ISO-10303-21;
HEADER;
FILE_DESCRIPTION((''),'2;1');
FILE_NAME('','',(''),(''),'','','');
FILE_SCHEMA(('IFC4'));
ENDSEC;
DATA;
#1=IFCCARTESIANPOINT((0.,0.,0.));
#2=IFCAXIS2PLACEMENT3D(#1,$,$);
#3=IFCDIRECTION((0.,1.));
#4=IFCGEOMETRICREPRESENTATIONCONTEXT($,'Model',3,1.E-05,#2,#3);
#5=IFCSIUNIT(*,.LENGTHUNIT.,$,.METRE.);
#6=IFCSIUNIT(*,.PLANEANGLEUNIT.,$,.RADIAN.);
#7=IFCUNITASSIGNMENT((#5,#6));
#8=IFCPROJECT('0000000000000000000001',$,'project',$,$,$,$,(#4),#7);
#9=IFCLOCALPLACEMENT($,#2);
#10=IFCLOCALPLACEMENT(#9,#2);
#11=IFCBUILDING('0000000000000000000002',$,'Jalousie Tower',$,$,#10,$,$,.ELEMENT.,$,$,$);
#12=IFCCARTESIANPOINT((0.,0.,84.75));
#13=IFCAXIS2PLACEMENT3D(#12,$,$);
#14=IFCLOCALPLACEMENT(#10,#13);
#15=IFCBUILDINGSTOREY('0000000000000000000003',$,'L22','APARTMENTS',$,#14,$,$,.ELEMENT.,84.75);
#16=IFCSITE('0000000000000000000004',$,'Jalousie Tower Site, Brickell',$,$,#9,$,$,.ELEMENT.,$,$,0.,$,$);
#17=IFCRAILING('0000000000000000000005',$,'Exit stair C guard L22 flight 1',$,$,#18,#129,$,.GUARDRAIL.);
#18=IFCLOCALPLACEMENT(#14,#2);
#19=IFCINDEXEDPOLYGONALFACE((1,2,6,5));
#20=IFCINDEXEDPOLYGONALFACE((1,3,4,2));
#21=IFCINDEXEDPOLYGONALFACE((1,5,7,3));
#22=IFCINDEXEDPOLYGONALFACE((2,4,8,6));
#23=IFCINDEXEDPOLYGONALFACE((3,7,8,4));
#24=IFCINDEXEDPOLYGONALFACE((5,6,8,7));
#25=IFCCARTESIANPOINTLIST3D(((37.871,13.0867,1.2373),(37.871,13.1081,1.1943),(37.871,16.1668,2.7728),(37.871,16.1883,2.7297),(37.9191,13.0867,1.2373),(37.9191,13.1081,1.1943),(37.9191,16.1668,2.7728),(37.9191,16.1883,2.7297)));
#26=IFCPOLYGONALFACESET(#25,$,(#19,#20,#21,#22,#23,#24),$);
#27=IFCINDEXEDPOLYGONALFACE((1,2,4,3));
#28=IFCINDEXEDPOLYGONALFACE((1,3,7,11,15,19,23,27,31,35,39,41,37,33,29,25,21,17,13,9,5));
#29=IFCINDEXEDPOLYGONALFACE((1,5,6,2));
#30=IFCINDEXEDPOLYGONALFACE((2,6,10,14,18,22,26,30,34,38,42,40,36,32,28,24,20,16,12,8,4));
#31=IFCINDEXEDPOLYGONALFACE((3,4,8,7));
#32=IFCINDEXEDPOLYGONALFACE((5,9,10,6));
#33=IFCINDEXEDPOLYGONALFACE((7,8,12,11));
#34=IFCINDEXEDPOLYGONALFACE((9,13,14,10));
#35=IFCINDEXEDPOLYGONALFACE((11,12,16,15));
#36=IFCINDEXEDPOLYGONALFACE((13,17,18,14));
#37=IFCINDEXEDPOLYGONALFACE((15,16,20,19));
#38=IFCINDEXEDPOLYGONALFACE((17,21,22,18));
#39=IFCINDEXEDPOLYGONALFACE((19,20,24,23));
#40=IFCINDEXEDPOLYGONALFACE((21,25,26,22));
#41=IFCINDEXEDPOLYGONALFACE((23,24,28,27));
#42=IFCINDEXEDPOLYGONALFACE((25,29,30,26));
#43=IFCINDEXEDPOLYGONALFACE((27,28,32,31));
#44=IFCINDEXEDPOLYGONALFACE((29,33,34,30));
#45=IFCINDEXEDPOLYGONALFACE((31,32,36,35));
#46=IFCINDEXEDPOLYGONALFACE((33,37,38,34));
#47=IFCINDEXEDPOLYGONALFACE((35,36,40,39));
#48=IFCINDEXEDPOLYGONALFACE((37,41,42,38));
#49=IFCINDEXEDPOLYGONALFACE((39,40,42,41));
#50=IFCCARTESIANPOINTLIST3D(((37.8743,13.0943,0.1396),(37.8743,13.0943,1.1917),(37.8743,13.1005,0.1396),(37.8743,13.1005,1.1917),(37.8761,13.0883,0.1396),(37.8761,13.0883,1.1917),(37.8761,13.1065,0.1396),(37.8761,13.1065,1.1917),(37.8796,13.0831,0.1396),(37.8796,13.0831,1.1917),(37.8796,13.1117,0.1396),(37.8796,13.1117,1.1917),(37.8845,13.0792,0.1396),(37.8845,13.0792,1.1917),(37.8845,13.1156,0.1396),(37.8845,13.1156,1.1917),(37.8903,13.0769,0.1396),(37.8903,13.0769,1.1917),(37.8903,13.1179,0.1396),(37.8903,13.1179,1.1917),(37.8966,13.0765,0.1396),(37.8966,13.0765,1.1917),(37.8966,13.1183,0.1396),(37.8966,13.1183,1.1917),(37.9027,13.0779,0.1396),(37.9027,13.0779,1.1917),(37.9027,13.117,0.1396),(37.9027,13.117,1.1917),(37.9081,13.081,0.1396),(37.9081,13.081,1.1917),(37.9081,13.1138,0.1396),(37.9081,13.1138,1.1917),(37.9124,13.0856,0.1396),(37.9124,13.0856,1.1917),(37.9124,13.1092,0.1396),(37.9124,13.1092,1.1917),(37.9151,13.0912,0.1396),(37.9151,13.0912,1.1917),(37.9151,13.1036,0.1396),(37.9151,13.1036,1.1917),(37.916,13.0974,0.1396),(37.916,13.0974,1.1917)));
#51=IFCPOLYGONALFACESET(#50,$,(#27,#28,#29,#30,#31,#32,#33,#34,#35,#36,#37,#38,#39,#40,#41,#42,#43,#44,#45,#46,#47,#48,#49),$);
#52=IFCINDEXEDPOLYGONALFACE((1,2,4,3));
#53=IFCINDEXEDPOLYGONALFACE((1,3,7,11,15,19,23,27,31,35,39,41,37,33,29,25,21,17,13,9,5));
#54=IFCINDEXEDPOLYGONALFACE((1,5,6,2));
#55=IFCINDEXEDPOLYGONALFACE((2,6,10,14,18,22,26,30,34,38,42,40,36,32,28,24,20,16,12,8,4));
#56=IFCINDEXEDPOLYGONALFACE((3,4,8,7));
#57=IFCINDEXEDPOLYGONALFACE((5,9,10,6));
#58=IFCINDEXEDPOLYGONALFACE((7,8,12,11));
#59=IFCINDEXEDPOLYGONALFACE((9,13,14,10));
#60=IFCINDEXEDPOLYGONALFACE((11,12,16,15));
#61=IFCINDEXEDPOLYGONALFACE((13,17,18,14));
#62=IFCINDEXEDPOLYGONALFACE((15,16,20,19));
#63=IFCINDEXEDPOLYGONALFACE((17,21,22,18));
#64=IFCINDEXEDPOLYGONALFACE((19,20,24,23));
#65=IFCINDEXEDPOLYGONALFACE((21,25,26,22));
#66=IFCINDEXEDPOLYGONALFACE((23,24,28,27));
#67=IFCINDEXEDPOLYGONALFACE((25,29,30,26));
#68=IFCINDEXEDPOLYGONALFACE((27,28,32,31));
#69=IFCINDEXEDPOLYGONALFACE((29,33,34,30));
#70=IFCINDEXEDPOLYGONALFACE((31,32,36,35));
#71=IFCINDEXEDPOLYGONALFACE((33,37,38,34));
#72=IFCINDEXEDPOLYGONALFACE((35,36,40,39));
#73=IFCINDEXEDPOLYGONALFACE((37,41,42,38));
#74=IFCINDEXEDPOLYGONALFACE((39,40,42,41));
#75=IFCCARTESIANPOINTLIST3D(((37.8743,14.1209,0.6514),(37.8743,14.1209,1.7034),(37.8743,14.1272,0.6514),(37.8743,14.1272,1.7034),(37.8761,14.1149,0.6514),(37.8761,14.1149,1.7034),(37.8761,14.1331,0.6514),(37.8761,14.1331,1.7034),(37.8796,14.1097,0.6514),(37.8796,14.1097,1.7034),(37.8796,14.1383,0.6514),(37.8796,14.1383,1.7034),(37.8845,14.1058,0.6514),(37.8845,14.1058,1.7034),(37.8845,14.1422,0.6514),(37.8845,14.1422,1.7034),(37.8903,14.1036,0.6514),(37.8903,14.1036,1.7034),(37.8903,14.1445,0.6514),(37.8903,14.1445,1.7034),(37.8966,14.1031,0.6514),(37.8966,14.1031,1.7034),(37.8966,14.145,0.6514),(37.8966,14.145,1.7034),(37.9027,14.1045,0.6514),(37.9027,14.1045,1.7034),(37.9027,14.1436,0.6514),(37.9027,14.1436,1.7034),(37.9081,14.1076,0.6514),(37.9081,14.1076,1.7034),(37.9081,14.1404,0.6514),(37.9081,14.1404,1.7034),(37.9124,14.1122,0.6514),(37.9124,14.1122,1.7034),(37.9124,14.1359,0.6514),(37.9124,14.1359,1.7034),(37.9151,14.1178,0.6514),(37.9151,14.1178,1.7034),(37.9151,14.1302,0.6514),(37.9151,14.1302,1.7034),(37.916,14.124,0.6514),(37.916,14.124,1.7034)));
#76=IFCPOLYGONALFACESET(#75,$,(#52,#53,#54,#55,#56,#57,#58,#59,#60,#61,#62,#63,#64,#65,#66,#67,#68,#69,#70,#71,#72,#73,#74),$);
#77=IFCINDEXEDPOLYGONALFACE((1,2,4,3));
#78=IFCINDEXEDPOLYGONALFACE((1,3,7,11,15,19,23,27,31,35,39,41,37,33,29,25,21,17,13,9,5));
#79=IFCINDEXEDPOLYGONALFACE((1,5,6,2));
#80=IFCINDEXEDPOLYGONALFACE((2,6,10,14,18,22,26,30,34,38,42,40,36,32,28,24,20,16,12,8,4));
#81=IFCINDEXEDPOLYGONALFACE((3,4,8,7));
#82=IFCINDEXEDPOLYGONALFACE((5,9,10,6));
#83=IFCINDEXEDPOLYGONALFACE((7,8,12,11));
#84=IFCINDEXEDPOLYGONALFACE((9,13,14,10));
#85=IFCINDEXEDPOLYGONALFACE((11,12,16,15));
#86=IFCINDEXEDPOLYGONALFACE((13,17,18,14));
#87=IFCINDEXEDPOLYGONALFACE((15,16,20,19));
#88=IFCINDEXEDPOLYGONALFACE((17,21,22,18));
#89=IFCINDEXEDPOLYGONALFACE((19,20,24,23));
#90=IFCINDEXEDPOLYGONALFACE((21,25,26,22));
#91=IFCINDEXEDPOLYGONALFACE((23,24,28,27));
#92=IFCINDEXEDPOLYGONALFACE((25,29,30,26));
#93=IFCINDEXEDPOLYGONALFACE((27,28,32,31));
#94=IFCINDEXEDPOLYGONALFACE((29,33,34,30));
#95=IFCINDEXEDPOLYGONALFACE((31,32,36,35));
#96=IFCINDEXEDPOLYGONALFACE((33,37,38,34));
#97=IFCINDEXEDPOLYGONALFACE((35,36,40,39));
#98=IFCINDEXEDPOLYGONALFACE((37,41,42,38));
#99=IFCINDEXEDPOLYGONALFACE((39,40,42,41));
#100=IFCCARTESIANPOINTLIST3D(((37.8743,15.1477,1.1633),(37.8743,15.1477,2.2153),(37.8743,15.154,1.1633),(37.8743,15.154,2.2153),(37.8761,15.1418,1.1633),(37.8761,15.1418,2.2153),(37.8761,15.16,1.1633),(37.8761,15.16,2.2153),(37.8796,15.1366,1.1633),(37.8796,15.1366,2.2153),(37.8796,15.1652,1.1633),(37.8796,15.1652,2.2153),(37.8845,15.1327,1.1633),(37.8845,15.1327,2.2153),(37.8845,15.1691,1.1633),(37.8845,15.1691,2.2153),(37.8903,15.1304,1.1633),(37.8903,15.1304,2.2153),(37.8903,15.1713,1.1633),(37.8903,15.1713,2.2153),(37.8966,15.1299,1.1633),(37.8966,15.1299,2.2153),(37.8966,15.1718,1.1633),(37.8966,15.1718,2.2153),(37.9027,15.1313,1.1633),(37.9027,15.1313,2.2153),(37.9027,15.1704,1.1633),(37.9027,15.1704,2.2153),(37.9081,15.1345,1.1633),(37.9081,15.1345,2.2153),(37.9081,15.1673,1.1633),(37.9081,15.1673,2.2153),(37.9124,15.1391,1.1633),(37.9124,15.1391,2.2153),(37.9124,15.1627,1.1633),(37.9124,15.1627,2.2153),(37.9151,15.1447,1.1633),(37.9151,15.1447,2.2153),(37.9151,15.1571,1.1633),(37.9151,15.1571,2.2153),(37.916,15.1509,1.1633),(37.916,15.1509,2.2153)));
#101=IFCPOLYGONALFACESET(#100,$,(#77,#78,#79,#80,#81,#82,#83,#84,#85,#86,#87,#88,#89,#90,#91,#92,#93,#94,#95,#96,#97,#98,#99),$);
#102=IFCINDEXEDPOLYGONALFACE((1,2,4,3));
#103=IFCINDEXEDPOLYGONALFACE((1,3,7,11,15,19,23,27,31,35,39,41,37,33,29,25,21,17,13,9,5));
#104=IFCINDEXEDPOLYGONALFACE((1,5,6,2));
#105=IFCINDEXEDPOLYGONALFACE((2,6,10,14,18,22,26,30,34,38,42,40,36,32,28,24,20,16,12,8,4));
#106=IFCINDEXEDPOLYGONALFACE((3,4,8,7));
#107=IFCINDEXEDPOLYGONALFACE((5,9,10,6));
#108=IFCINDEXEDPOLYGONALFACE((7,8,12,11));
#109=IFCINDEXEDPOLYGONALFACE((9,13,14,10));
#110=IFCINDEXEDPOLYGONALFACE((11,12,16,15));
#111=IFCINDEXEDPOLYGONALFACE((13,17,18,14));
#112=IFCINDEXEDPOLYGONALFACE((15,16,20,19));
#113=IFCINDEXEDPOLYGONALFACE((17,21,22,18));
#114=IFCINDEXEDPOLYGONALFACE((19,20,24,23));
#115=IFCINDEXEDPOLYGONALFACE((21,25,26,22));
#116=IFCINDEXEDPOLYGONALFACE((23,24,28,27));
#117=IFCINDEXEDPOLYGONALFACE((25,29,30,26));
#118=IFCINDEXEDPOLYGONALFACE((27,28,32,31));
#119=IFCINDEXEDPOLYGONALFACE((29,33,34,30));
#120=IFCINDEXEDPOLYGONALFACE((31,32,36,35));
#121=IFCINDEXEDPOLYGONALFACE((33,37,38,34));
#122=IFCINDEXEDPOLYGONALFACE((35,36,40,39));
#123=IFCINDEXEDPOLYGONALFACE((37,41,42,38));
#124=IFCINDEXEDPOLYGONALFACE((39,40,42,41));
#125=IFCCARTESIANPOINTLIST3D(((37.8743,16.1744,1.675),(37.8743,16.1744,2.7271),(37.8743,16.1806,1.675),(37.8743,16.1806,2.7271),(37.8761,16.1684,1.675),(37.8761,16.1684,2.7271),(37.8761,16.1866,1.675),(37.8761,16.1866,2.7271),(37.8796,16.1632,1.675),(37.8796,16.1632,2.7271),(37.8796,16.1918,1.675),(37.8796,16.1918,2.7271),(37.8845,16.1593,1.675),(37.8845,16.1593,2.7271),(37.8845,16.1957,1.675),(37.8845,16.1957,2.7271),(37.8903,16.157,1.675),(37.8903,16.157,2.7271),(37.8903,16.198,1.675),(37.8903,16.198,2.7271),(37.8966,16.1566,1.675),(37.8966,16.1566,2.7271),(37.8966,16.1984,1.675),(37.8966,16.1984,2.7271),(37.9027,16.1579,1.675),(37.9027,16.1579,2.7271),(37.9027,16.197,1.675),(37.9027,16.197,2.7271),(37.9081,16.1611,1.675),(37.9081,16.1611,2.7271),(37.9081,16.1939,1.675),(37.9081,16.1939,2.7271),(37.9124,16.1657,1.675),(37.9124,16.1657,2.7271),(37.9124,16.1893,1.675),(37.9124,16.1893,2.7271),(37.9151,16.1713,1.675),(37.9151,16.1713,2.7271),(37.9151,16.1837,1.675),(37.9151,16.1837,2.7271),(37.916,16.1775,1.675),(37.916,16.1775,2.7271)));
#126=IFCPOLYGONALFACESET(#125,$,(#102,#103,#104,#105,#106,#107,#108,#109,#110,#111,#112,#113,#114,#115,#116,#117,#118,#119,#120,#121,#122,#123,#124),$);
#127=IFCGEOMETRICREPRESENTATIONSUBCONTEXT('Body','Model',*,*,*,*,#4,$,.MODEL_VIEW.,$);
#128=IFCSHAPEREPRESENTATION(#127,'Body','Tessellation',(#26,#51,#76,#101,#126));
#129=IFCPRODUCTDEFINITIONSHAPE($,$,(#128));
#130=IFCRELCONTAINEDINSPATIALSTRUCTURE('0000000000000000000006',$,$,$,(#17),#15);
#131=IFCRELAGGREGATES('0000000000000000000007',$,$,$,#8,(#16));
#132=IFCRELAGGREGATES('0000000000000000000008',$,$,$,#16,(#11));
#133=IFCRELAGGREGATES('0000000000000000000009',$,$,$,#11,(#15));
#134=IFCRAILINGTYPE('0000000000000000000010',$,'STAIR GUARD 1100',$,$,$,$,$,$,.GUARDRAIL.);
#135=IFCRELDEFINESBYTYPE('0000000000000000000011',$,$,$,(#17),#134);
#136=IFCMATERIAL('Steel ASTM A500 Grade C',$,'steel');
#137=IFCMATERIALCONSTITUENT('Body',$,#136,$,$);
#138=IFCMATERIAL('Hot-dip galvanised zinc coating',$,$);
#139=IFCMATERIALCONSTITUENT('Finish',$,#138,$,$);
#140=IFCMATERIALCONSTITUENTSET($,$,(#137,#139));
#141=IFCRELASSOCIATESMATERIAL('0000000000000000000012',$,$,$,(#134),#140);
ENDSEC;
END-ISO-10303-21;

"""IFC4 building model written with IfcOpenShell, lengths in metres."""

from ifc_helpers import new_model, si_unit, direction, frame, origin, origin_2d, place, context, subcontext, project, spatial, rectangle, circle, extrude, material, constituent, constituent_set, type_object, element, save


model = new_model("IFC4")

# Units and contexts
model_context = context("Model", 3, precision=1e-05, world=origin(), true_north=direction((0.0, 1.0)))
body_context = subcontext(model_context, "Body", "Model", "MODEL_VIEW")
ifc_project = project(units=[si_unit("LENGTHUNIT", "METRE"), si_unit("PLANEANGLEUNIT", "RADIAN")], contexts=[model_context])

# Site, building, storey
site_placement = place(None, origin())
site = spatial("IfcSite", under=ifc_project, at=site_placement, Name="Jalousie Tower Site, Brickell", CompositionType="ELEMENT", RefElevation=0.0)
building_placement = place(site_placement, origin())
building = spatial("IfcBuilding", under=site, at=building_placement, Name="Jalousie Tower", CompositionType="ELEMENT")
storey_placement = place(building_placement, frame((0.0, 0.0, 84.75)))
storey = spatial("IfcBuildingStorey", under=building, at=storey_placement, Name="L22", Description="APARTMENTS", CompositionType="ELEMENT", Elevation=84.75)

# Railing
ifc_material_1 = material(Name="Steel ASTM A500 Grade C", Category="steel")
ifc_constituent_1 = constituent(ifc_material_1, Name="Body")
ifc_material_2 = material(Name="Hot-dip galvanised zinc coating")
ifc_constituent_2 = constituent(ifc_material_2, Name="Finish")
ifc_constituent_set_1 = constituent_set(constituents=[ifc_constituent_1, ifc_constituent_2])
railing_type_1 = type_object("IfcRailingType", Name="STAIR GUARD 1100", PredefinedType="GUARDRAIL", material=ifc_constituent_set_1)
railing_1_placement = place(storey_placement, frame((37.895, 13.0974, 0.1396)))
element("IfcRailing", 1, at=railing_1_placement, inside=storey, type_object=railing_type_1, Name="Exit stair C guard L22 flight 1", PredefinedType="GUARDRAIL", context=body_context, shape_type="SweptSolid", body=[
    extrude(rectangle(XDim=0.0481, YDim=0.0481, at=origin_2d()), frame((0.0, 0.0, 1.0762), z_axis=(0.0, 0.894966, 0.446135), x_axis=(-1.0, 0.0, 0.0)), (0.0, 0.0, 1.0), 3.4417),
    extrude(circle(Radius=0.021, at=origin_2d()), origin(), (0.0, 0.0, 1.0), 1.052),
    extrude(circle(Radius=0.021, at=origin_2d()), frame((0.0, 1.0266, 0.5117)), (0.0, 0.0, 1.0), 1.052),
    extrude(circle(Radius=0.021, at=origin_2d()), frame((0.0, 2.0535, 1.0237)), (0.0, 0.0, 1.0), 1.052),
    extrude(circle(Radius=0.021, at=origin_2d()), frame((0.0, 3.0801, 1.5354)), (0.0, 0.0, 1.0), 1.052),
])

save(model, "model.ifc")
